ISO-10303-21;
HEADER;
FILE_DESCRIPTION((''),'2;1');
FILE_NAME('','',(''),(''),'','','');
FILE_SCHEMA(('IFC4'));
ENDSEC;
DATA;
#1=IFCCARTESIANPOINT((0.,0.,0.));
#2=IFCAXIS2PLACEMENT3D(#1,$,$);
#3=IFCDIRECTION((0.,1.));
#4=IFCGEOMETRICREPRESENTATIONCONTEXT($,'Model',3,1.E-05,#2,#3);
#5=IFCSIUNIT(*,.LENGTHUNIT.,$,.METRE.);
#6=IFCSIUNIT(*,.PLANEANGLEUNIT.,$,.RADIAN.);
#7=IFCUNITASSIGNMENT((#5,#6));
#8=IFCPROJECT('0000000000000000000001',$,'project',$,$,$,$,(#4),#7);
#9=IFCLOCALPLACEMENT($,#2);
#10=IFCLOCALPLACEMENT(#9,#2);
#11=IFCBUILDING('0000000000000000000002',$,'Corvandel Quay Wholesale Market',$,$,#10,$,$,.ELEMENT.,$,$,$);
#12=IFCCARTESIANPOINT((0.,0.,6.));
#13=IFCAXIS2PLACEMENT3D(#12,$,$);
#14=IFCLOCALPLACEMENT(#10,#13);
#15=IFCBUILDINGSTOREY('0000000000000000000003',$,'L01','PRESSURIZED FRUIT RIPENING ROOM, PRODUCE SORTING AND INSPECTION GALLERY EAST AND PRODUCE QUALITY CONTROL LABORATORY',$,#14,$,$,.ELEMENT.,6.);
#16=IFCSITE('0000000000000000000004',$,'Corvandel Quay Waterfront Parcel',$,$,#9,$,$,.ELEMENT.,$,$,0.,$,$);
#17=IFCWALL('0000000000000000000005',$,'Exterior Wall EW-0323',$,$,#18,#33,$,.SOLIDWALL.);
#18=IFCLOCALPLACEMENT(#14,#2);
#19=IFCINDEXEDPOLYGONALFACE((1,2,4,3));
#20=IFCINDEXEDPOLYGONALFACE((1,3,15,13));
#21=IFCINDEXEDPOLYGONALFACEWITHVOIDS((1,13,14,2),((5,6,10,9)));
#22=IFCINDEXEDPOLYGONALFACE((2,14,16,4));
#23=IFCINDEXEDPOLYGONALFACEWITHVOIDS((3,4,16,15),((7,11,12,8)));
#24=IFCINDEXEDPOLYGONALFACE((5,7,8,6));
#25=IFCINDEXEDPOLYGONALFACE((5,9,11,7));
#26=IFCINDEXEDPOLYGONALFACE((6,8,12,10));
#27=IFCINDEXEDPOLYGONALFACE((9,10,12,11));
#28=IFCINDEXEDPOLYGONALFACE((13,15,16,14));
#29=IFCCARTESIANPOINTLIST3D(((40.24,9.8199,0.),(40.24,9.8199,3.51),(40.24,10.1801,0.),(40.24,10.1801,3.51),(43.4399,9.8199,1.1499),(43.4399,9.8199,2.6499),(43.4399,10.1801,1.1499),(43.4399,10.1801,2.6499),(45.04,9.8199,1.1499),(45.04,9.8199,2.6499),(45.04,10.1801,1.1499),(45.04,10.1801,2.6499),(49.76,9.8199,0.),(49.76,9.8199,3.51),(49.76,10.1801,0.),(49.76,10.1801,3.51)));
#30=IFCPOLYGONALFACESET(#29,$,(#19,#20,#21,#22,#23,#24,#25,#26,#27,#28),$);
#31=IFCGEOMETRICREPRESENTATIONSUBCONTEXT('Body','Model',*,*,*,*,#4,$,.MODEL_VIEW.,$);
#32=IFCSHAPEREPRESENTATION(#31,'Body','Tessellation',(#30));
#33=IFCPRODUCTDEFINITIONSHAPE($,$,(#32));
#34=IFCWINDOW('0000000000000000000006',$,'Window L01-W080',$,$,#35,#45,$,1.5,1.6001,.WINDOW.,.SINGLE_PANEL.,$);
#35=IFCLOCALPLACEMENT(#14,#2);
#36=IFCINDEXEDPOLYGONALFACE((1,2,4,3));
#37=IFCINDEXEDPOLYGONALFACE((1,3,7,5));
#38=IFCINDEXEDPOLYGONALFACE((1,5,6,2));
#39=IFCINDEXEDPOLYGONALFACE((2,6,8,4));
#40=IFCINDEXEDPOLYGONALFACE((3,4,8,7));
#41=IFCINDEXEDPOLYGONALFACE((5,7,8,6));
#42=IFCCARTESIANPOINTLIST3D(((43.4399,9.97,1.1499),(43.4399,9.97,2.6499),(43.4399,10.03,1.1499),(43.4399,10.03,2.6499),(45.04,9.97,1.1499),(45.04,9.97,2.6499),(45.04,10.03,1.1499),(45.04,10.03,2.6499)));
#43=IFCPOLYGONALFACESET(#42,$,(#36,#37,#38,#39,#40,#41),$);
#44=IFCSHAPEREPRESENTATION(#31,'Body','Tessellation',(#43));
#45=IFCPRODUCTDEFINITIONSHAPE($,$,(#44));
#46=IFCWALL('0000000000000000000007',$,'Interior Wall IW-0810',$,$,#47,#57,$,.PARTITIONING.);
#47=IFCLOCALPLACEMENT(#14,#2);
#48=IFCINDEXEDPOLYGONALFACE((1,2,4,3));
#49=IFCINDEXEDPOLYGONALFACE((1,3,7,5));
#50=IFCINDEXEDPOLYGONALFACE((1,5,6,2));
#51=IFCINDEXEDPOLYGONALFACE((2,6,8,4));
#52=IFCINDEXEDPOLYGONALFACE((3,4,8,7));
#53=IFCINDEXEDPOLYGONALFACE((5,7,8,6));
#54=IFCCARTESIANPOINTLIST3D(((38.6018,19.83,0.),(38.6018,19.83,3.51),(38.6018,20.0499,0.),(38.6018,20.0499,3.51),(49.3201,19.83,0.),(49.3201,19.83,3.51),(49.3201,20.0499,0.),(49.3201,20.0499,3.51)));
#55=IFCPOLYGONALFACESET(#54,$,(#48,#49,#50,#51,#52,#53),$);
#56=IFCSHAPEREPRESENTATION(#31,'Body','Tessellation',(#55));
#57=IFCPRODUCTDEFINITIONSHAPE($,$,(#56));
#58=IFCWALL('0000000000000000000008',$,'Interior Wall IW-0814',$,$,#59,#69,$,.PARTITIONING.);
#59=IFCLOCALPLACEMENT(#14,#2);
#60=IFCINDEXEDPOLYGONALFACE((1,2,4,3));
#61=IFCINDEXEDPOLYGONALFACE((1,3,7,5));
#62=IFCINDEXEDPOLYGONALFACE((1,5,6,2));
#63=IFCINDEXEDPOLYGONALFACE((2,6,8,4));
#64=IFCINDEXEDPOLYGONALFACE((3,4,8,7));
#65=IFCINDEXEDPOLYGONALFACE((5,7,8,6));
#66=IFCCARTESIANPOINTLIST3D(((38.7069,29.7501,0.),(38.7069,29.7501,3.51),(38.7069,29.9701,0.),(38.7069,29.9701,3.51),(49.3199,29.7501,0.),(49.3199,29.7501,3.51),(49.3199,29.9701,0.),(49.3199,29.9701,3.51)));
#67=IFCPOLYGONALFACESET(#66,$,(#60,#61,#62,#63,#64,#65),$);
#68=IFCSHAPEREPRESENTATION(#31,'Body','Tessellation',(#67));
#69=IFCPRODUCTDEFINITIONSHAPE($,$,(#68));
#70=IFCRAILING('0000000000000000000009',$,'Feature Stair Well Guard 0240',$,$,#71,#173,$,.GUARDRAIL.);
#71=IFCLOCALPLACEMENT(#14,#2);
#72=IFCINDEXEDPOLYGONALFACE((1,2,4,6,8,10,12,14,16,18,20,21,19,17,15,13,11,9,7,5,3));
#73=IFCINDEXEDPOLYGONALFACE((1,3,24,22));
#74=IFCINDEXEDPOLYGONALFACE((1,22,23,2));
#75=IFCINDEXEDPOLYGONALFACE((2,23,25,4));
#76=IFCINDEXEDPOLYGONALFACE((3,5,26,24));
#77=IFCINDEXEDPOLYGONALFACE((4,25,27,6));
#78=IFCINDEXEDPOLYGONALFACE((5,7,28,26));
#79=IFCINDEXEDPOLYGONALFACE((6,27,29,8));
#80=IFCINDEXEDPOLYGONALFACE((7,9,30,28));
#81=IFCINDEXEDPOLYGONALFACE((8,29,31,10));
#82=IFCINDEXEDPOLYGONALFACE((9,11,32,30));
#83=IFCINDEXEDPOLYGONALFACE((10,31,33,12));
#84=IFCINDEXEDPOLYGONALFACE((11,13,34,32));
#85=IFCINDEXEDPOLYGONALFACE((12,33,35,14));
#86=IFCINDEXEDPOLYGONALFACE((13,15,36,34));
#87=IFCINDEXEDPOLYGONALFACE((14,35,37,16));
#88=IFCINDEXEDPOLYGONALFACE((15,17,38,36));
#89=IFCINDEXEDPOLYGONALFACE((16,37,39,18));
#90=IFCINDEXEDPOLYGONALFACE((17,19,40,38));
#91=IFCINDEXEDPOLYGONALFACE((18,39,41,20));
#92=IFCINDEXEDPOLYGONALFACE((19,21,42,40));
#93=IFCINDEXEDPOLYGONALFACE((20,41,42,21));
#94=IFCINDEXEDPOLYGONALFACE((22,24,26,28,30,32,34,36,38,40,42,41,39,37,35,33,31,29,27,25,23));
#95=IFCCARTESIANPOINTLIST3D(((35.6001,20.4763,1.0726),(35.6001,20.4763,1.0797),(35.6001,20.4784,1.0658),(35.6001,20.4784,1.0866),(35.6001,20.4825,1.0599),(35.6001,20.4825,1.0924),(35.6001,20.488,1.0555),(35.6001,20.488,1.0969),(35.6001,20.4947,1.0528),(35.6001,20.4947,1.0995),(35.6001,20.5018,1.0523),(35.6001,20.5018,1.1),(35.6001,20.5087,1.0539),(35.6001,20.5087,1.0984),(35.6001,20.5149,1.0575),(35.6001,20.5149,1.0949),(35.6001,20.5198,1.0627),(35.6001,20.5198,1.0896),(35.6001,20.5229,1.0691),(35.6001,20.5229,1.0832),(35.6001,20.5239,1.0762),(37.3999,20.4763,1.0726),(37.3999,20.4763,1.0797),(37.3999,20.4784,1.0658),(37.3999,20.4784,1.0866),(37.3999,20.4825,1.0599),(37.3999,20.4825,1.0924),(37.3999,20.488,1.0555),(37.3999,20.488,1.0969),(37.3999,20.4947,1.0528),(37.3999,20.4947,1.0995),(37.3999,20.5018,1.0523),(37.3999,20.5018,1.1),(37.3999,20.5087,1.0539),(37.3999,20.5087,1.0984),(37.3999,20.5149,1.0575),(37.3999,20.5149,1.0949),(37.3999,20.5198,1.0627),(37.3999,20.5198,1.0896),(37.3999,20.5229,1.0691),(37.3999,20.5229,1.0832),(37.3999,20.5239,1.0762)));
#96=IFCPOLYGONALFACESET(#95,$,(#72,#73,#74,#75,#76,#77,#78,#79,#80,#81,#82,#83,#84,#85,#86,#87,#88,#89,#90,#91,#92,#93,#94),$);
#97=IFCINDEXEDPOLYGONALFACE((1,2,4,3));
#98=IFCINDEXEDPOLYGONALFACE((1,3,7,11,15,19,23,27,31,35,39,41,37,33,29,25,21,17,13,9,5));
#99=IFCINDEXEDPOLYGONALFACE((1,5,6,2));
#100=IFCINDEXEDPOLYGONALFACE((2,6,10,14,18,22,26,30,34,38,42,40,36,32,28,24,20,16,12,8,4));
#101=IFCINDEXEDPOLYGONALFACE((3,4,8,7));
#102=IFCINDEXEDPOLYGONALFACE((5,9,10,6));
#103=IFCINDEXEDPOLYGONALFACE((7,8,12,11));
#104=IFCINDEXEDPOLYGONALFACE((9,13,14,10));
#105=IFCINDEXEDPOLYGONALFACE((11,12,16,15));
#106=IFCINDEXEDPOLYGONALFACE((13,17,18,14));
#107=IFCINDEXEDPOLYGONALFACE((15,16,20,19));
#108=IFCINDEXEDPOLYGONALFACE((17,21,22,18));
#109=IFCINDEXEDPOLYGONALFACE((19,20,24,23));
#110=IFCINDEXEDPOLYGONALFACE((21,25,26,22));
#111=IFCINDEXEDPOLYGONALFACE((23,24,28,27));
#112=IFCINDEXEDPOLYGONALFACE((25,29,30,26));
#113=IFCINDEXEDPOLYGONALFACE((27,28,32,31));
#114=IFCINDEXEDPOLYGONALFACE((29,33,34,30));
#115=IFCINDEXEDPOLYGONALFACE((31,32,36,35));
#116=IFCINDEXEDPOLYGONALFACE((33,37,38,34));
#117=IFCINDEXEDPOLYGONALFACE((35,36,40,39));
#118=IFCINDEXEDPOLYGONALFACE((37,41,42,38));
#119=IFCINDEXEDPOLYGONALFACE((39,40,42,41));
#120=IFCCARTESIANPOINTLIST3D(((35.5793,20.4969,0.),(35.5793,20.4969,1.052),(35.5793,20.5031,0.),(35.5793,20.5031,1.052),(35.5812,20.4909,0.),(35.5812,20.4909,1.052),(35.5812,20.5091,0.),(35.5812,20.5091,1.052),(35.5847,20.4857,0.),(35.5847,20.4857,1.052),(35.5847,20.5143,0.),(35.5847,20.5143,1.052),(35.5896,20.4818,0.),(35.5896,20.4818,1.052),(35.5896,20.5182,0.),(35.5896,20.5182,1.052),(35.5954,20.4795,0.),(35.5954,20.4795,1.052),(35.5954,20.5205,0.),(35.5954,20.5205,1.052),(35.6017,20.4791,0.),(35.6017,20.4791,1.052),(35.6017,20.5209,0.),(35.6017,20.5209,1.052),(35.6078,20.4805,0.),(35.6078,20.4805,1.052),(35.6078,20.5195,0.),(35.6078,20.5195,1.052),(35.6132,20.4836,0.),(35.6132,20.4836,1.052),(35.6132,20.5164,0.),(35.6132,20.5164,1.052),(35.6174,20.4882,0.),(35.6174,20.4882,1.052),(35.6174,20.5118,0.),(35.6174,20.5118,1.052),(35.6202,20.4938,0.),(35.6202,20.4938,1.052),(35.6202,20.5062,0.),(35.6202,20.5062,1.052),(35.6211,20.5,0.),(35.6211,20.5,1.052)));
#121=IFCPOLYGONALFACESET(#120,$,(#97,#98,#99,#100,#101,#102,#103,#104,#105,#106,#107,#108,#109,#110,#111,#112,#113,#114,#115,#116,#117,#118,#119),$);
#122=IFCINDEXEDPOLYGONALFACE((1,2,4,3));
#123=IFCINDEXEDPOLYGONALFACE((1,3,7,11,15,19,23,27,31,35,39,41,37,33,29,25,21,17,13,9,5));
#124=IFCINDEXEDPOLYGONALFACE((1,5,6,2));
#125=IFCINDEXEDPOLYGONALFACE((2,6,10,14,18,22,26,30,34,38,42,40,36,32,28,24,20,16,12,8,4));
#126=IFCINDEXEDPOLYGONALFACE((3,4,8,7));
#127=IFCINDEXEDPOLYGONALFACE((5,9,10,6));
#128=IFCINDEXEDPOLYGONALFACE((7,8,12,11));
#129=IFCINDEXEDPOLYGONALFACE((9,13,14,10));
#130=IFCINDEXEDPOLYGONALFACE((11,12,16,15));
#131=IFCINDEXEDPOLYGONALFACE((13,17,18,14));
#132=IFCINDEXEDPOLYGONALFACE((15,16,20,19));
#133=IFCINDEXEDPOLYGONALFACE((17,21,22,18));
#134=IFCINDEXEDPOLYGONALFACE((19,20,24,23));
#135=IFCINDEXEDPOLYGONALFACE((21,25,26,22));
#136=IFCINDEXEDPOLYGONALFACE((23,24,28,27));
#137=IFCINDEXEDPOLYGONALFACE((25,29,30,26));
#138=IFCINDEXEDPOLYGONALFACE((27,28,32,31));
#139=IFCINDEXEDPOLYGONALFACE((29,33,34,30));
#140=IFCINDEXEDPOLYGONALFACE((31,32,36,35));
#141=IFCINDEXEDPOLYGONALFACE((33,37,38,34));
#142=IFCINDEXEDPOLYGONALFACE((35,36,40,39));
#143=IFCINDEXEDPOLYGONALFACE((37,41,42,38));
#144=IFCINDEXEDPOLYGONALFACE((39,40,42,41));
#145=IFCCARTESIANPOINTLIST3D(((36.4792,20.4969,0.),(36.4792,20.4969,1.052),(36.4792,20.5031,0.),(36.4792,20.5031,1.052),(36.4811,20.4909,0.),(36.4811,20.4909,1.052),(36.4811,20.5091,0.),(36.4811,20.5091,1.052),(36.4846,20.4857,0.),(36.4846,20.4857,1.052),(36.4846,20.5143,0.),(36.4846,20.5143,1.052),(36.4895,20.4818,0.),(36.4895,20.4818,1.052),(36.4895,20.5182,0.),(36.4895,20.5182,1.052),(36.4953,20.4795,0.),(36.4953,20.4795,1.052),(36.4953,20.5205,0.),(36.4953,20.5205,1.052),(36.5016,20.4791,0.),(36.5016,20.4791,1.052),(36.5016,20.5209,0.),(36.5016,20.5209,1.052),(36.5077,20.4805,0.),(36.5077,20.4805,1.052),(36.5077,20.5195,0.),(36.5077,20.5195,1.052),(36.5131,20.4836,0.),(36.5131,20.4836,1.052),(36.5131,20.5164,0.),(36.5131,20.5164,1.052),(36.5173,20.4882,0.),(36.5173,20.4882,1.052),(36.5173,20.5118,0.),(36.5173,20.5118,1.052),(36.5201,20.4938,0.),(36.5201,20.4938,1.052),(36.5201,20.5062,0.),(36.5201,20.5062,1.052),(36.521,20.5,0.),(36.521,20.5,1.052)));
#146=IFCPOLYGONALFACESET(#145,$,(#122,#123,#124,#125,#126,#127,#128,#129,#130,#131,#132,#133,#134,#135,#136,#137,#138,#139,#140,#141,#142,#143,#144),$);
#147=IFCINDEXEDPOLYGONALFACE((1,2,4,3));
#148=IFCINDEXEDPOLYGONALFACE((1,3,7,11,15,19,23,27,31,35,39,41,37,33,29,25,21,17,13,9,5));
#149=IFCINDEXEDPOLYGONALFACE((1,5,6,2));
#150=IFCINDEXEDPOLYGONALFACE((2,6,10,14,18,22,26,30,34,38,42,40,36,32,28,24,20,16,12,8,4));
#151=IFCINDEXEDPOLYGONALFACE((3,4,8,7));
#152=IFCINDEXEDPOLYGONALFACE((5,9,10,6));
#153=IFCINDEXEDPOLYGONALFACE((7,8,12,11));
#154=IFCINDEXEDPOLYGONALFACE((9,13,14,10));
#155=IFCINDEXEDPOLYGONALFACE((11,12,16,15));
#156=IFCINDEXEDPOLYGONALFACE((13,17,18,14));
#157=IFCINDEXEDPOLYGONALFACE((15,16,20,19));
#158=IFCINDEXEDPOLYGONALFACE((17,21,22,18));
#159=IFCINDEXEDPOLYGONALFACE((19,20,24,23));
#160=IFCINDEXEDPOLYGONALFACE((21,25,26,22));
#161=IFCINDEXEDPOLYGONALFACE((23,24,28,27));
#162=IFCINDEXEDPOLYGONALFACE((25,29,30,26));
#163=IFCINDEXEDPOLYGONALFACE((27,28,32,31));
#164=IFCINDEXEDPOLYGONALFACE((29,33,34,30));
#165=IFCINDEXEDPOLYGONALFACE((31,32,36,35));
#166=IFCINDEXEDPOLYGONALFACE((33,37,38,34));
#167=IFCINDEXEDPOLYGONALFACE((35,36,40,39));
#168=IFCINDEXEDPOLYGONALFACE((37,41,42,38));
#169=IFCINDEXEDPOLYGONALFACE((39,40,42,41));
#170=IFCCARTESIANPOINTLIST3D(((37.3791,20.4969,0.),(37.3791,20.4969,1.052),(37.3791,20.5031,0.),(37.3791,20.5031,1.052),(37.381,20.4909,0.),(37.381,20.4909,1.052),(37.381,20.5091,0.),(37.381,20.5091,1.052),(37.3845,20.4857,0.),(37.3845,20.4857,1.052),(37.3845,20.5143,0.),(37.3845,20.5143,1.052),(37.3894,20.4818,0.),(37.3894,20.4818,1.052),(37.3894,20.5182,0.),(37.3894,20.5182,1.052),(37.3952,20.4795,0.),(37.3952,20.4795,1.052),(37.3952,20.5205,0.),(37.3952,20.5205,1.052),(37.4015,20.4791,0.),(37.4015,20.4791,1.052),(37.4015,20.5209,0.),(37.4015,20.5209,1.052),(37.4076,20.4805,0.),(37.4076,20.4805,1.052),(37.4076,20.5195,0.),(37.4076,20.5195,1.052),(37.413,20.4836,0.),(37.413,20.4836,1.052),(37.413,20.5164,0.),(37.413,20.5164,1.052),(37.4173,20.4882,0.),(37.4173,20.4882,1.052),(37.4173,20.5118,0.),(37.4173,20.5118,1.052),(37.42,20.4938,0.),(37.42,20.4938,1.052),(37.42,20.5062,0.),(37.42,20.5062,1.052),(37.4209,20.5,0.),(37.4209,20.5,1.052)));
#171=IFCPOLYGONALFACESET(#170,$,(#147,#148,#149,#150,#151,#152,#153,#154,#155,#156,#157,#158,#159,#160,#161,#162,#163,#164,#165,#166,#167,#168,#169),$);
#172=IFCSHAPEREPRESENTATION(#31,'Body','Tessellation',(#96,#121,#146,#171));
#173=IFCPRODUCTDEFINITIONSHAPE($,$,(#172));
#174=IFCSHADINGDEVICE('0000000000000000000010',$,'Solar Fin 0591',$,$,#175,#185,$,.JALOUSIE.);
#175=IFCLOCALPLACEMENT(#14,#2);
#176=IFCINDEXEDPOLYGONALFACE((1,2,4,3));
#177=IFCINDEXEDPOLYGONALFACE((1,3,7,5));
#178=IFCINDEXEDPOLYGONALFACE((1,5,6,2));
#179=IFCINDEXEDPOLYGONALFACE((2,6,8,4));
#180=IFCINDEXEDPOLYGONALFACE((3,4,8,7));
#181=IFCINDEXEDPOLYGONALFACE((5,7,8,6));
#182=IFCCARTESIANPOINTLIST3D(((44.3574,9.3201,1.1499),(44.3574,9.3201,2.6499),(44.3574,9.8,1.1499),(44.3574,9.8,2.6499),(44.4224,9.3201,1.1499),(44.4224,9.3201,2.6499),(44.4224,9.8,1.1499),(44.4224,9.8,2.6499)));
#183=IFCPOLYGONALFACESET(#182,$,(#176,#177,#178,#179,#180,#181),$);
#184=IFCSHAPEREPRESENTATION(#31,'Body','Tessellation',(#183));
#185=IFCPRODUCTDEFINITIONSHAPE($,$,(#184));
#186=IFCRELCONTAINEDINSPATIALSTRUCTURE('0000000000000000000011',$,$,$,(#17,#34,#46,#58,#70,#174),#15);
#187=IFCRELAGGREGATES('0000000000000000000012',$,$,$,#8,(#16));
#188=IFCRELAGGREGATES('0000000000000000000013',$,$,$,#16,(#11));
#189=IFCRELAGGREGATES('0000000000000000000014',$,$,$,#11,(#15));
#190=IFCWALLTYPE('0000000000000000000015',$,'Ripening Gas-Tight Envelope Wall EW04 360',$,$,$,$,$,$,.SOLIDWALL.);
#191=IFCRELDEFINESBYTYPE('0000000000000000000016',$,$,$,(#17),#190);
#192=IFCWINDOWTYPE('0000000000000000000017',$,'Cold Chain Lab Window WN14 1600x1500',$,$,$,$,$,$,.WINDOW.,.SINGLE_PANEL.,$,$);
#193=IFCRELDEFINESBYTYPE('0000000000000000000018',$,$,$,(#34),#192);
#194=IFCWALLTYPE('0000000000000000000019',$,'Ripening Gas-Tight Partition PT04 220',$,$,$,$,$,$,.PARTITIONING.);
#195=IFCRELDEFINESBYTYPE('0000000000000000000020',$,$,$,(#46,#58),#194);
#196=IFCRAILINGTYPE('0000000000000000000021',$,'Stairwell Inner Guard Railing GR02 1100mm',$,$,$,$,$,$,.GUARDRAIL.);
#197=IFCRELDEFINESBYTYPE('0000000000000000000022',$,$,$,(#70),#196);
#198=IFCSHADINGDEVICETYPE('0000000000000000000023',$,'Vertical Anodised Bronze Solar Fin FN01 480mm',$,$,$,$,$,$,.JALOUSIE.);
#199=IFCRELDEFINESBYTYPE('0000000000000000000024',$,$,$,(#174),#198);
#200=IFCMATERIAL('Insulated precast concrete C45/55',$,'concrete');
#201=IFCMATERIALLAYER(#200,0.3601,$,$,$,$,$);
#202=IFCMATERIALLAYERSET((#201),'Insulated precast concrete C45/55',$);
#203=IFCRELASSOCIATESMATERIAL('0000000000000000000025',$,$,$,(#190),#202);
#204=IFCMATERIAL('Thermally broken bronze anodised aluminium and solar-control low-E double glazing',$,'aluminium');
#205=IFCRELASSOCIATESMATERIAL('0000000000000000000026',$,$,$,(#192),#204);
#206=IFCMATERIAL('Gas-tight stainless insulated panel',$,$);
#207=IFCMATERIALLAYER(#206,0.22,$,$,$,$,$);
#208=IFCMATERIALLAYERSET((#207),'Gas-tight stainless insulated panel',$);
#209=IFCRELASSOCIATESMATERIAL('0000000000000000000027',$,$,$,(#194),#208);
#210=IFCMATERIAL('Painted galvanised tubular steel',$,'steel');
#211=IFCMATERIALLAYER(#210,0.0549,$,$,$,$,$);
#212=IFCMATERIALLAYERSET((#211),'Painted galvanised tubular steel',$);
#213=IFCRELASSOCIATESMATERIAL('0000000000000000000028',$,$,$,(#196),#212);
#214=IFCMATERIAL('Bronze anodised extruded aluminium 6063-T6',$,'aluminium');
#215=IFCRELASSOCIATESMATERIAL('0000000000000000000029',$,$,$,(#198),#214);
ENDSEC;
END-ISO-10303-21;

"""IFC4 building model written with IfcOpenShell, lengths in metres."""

from ifc_helpers import new_model, si_unit, direction, frame, frame_2d, origin, origin_2d, place, context, subcontext, project, spatial, rectangle, circle, extrude, material, layer, layer_set, type_object, element, fill, save


model = new_model("IFC4")

# Units and contexts
model_context = context("Model", 3, precision=1e-05, world=origin(), true_north=direction((0.0, 1.0)))
body_context = subcontext(model_context, "Body", "Model", "MODEL_VIEW")
ifc_project = project(units=[si_unit("LENGTHUNIT", "METRE"), si_unit("PLANEANGLEUNIT", "RADIAN")], contexts=[model_context])

# Site, building, storey
site_placement = place(None, origin())
site = spatial("IfcSite", under=ifc_project, at=site_placement, Name="Corvandel Quay Waterfront Parcel", CompositionType="ELEMENT", RefElevation=0.0)
building_placement = place(site_placement, origin())
building = spatial("IfcBuilding", under=site, at=building_placement, Name="Corvandel Quay Wholesale Market", CompositionType="ELEMENT")
storey_placement = place(building_placement, frame((0.0, 0.0, 6.0)))
storey = spatial("IfcBuildingStorey", under=building, at=storey_placement, Name="L01", Description="PRESSURIZED FRUIT RIPENING ROOM, PRODUCE SORTING AND INSPECTION GALLERY EAST AND PRODUCE QUALITY CONTROL LABORATORY", CompositionType="ELEMENT", Elevation=6.0)

# Wall, opening, window
ifc_material_1 = material(Name="Insulated precast concrete C45/55", Category="concrete")
ifc_layer_1 = layer(ifc_material_1, 0.3601)
ifc_layer_set_1 = layer_set([ifc_layer_1], Name="Insulated precast concrete C45/55")
wall_type_1 = type_object("IfcWallType", Name="Ripening Gas-Tight Envelope Wall EW04 360", PredefinedType="SOLIDWALL", material=ifc_layer_set_1)
ifc_material_2 = material(Name="Thermally broken bronze anodised aluminium and solar-control low-E double glazing", Category="aluminium")
wall_1_placement = place(storey_placement, frame((40.24, 10.0, 0.0), z_axis=(0.0, 0.0, 1.0), x_axis=(1.0, 0.0, 0.0)))
wall_1 = element("IfcWall", 1, at=wall_1_placement, inside=storey, type_object=wall_type_1, Name="Exterior Wall EW-0323", PredefinedType="SOLIDWALL", context=body_context, shape_type="SweptSolid", body=[
    extrude(rectangle(XDim=9.52, YDim=0.3601, at=frame_2d((4.76, 0.0))), origin(), (0.0, 0.0, 1.0), 3.51),
])
opening_1_placement = place(wall_1_placement, frame((3.2, 0.0, 1.1499)))
opening_1 = element("IfcOpeningElement", 2, at=opening_1_placement, cuts=wall_1, PredefinedType="OPENING", context=body_context, shape_type="SweptSolid", body=[
    extrude(rectangle(XDim=1.6001, YDim=1.5, at=frame_2d((0.8, 0.75))), frame((0.0, 0.1899, 0.0), z_axis=(0.0, -1.0, 0.0), x_axis=(1.0, 0.0, 0.0)), (0.0, 0.0, 1.0), 0.3801),
])
window_type_1 = type_object("IfcWindowType", Name="Cold Chain Lab Window WN14 1600x1500", PartitioningType="SINGLE_PANEL", PredefinedType="WINDOW", material=ifc_material_2)
window_1_placement = place(opening_1_placement, origin())
window_1 = element("IfcWindow", 3, at=window_1_placement, inside=storey, type_object=window_type_1, Name="Window L01-W080", OverallHeight=1.5, OverallWidth=1.6001, PartitioningType="SINGLE_PANEL", PredefinedType="WINDOW", context=body_context, shape_type="SweptSolid", body=[
    extrude(rectangle(XDim=1.6001, YDim=1.5, at=frame_2d((0.8, 0.75))), frame((0.0, 0.03, 0.0), z_axis=(0.0, -1.0, 0.0), x_axis=(1.0, 0.0, 0.0)), (0.0, 0.0, 1.0), 0.0601),
])
fill(opening_1, window_1)

# Shared definitions
ifc_material_3 = material(Name="Gas-tight stainless insulated panel")
ifc_layer_2 = layer(ifc_material_3, 0.22)
ifc_layer_set_2 = layer_set([ifc_layer_2], Name="Gas-tight stainless insulated panel")
wall_type_2 = type_object("IfcWallType", Name="Ripening Gas-Tight Partition PT04 220", PredefinedType="PARTITIONING", material=ifc_layer_set_2)

# Walls
wall_2_placement = place(storey_placement, frame((38.6018, 19.9399, 0.0), z_axis=(0.0, 0.0, 1.0), x_axis=(1.0, 0.0, 0.0)))
element("IfcWall", 4, at=wall_2_placement, inside=storey, type_object=wall_type_2, Name="Interior Wall IW-0810", PredefinedType="PARTITIONING", context=body_context, shape_type="SweptSolid", body=[
    extrude(rectangle(XDim=10.7183, YDim=0.22, at=frame_2d((5.3591, 0.0))), origin(), (0.0, 0.0, 1.0), 3.51),
])
wall_3_placement = place(storey_placement, frame((49.3201, 29.8601, 0.0), z_axis=(0.0, 0.0, 1.0), x_axis=(-1.0, 0.0, 0.0)))
element("IfcWall", 5, at=wall_3_placement, inside=storey, type_object=wall_type_2, Name="Interior Wall IW-0814", PredefinedType="PARTITIONING", context=body_context, shape_type="SweptSolid", body=[
    extrude(rectangle(XDim=10.613, YDim=0.22, at=frame_2d((5.3066, 0.0))), origin(), (0.0, 0.0, 1.0), 3.51),
])

# Railing
ifc_material_4 = material(Name="Painted galvanised tubular steel", Category="steel")
ifc_layer_3 = layer(ifc_material_4, 0.0549)
ifc_layer_set_3 = layer_set([ifc_layer_3], Name="Painted galvanised tubular steel")
railing_type = type_object("IfcRailingType", Name="Stairwell Inner Guard Railing GR02 1100mm", PredefinedType="GUARDRAIL", material=ifc_layer_set_3)
railing_placement = place(storey_placement, frame((35.6001, 20.5, 0.0)))
element("IfcRailing", 6, at=railing_placement, inside=storey, type_object=railing_type, Name="Feature Stair Well Guard 0240", PredefinedType="GUARDRAIL", context=body_context, shape_type="SweptSolid", body=[
    extrude(circle(Radius=0.0239, at=origin_2d()), frame((0.0, 0.0, 1.0762), z_axis=(1.0, 0.0, 0.0), x_axis=(0.0, 1.0, 0.0)), (0.0, 0.0, 1.0), 1.7998),
    extrude(circle(Radius=0.021, at=origin_2d()), origin(), (0.0, 0.0, 1.0), 1.052),
    extrude(circle(Radius=0.021, at=origin_2d()), frame((0.8999, 0.0, 0.0)), (0.0, 0.0, 1.0), 1.052),
    extrude(circle(Radius=0.021, at=origin_2d()), frame((1.7998, 0.0, 0.0)), (0.0, 0.0, 1.0), 1.052),
])

# Shading device
ifc_material_5 = material(Name="Bronze anodised extruded aluminium 6063-T6", Category="aluminium")
shading_device_type = type_object("IfcShadingDeviceType", Name="Vertical Anodised Bronze Solar Fin FN01 480mm", PredefinedType="JALOUSIE", material=ifc_material_5)
shading_device_placement = place(storey_placement, frame((44.3899, 9.5601, 1.1499), z_axis=(0.0, 0.0, 1.0), x_axis=(0.0, 1.0, 0.0)))
element("IfcShadingDevice", 7, at=shading_device_placement, inside=storey, type_object=shading_device_type, Name="Solar Fin 0591", PredefinedType="JALOUSIE", context=body_context, shape_type="SweptSolid", body=[
    extrude(rectangle(XDim=0.48, YDim=0.0649, at=origin_2d()), origin(), (0.0, 0.0, 1.0), 1.5),
])

save(model, "model.ifc")
